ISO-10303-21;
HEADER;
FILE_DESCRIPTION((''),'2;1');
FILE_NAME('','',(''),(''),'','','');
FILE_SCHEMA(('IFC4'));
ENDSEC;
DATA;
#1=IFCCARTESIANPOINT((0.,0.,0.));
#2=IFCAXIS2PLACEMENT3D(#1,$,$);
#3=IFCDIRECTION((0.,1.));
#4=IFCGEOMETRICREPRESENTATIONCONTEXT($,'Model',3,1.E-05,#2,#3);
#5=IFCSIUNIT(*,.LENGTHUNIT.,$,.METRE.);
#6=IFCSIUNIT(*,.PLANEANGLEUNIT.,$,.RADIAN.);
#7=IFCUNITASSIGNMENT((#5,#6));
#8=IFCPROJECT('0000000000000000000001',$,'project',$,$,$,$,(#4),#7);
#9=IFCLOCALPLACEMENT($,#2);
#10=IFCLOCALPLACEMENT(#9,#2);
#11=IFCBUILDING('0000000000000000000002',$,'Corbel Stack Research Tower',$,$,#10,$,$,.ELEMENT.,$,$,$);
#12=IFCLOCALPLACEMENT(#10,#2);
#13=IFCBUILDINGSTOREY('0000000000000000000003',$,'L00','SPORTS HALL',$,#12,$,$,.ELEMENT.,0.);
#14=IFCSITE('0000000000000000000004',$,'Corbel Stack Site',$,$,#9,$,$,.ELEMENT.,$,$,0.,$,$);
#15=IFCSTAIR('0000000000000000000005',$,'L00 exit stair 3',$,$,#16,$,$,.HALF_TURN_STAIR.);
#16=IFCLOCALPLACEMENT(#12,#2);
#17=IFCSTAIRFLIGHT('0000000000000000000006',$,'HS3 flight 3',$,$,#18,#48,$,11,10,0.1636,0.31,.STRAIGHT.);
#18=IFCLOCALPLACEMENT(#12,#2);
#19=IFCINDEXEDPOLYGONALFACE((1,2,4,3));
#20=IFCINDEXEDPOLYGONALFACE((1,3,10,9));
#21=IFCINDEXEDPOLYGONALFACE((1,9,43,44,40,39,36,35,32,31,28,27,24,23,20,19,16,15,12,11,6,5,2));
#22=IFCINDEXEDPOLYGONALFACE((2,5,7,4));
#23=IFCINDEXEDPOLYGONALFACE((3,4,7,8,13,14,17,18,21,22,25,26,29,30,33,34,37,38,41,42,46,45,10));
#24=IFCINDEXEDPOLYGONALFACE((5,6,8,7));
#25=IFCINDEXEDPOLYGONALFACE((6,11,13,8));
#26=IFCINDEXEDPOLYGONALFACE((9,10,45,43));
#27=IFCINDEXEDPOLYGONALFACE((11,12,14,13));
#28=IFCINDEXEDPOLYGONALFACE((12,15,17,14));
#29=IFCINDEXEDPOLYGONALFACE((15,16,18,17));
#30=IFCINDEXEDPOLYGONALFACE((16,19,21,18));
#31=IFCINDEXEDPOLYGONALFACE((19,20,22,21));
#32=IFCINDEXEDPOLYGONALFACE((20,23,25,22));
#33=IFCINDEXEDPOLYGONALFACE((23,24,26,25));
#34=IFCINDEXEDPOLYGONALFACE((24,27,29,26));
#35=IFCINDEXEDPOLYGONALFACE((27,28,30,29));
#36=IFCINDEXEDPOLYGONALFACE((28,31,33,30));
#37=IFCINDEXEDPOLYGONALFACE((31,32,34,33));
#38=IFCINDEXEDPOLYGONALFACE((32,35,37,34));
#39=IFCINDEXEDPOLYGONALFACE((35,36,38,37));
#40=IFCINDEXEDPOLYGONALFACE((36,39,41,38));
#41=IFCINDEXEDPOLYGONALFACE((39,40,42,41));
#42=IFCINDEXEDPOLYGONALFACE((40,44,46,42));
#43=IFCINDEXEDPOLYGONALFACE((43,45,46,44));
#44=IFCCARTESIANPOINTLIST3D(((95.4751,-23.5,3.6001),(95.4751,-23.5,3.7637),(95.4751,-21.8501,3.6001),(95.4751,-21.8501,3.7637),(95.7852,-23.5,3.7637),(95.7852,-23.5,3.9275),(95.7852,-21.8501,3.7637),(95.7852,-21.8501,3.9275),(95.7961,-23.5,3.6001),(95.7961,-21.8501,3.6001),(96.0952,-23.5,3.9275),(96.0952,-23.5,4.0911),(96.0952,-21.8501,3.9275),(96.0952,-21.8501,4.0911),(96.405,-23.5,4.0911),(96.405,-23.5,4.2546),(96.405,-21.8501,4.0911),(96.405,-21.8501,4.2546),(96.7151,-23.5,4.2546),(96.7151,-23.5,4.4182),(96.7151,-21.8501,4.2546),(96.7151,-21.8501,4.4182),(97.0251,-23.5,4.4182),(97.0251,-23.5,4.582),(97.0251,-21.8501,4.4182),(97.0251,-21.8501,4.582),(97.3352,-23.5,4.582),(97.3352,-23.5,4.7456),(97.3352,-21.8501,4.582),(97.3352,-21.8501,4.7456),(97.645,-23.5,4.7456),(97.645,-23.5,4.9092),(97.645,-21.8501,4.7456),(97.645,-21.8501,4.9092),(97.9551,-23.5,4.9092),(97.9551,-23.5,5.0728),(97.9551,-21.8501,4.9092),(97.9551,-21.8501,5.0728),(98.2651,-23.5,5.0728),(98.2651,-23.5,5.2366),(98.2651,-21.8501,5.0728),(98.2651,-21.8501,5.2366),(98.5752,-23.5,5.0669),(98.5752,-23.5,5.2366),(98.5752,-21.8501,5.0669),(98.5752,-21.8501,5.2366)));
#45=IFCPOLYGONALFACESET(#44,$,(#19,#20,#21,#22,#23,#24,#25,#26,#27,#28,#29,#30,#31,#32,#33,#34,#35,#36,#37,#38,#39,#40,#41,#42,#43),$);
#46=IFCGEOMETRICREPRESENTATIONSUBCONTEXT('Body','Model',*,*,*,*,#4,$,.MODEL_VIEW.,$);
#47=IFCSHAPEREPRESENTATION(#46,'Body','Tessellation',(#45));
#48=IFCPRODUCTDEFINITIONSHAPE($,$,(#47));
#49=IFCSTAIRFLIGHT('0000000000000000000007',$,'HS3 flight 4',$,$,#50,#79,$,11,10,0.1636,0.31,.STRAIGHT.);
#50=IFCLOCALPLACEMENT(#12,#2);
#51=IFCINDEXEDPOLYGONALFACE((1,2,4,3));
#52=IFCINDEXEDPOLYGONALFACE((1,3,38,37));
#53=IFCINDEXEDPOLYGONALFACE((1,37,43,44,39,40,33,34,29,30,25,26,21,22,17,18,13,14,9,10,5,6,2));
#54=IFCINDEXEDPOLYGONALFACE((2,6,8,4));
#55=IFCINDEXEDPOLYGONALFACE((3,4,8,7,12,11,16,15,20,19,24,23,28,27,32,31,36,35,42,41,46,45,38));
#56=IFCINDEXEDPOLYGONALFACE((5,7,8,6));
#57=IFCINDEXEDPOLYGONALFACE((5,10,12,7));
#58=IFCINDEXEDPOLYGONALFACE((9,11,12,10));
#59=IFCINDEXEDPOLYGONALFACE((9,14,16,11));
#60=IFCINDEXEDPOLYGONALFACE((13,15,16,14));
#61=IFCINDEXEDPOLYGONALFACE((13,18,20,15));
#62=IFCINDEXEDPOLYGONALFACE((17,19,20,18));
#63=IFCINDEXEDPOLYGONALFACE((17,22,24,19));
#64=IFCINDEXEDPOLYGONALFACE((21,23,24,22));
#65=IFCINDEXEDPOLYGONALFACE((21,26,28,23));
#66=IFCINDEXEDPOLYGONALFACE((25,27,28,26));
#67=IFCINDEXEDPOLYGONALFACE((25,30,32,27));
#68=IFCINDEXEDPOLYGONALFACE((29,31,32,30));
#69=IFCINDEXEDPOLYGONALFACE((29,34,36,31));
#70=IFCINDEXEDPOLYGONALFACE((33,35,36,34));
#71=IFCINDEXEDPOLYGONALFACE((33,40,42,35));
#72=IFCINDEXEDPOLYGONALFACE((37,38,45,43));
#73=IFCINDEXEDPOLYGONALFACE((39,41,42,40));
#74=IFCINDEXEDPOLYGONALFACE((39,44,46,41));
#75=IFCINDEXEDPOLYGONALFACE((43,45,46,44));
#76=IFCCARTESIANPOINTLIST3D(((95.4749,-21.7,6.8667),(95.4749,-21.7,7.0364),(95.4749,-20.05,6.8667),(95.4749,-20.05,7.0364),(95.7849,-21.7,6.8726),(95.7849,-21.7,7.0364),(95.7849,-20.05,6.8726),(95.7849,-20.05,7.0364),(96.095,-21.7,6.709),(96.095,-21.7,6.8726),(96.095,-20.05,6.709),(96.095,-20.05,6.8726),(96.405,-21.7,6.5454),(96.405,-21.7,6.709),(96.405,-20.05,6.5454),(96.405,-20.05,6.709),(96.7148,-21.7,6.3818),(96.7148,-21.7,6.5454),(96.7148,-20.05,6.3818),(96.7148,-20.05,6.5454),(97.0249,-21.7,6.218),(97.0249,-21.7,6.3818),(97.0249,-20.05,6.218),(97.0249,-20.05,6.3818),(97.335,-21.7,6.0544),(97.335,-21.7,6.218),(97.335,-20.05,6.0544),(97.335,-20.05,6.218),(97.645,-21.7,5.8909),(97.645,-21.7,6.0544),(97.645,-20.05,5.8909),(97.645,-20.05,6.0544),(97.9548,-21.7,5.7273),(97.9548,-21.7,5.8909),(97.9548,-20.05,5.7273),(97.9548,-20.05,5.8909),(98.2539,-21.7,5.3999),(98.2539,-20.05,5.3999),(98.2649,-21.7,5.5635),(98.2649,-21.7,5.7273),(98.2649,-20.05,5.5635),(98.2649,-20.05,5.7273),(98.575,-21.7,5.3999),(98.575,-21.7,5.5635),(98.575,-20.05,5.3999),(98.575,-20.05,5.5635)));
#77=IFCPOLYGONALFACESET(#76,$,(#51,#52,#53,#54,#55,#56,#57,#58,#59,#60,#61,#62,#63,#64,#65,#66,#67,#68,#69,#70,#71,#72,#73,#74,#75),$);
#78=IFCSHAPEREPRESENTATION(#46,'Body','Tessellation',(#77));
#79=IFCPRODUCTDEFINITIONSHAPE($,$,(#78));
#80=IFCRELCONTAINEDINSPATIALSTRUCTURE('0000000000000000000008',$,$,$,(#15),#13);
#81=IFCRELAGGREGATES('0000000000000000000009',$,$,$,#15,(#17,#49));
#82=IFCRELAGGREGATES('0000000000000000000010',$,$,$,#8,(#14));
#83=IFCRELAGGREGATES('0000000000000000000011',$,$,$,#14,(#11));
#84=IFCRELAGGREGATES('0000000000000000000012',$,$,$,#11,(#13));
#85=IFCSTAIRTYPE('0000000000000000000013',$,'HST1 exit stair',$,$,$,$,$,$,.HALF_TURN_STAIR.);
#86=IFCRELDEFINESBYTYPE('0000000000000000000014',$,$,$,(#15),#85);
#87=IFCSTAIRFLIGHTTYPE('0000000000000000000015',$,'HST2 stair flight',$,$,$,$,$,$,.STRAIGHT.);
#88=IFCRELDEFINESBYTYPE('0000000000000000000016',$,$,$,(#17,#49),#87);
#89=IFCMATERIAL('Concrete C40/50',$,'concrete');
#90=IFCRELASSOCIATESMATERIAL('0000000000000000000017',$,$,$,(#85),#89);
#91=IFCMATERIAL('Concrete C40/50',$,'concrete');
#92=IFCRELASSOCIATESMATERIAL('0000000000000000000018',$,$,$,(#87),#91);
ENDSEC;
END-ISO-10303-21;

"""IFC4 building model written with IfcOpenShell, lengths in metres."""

from ifc_helpers import new_model, si_unit, direction, frame, origin, place, context, subcontext, project, spatial, polyline, outline, extrude, material, type_object, element, aggregate, save


model = new_model("IFC4")

# Units and contexts
model_context = context("Model", 3, precision=1e-05, world=origin(), true_north=direction((0.0, 1.0)))
body_context = subcontext(model_context, "Body", "Model", "MODEL_VIEW")
ifc_project = project(units=[si_unit("LENGTHUNIT", "METRE"), si_unit("PLANEANGLEUNIT", "RADIAN")], contexts=[model_context])

# Site, building, storey
site_placement = place(None, origin())
site = spatial("IfcSite", under=ifc_project, at=site_placement, Name="Corbel Stack Site", CompositionType="ELEMENT", RefElevation=0.0)
building_placement = place(site_placement, origin())
building = spatial("IfcBuilding", under=site, at=building_placement, Name="Corbel Stack Research Tower", CompositionType="ELEMENT")
storey_placement = place(building_placement, origin())
storey = spatial("IfcBuildingStorey", under=building, at=storey_placement, Name="L00", Description="SPORTS HALL", CompositionType="ELEMENT", Elevation=0.0)

# Stair, stair flights
ifc_material_1 = material(Name="Concrete C40/50", Category="concrete")
stair_type = type_object("IfcStairType", Name="HST1 exit stair", PredefinedType="HALF_TURN_STAIR", material=ifc_material_1)
stair_placement = place(storey_placement, origin())
stair = element("IfcStair", 1, at=stair_placement, inside=storey, type_object=stair_type, Name="L00 exit stair 3", PredefinedType="HALF_TURN_STAIR")
ifc_material_2 = material(Name="Concrete C40/50", Category="concrete")
stair_flight_type = type_object("IfcStairFlightType", Name="HST2 stair flight", PredefinedType="STRAIGHT", material=ifc_material_2)
stair_flight_1_placement = place(storey_placement, frame((95.4751, -22.675, 3.6001), z_axis=(0.0, 0.0, 1.0), x_axis=(1.0, 0.0, 0.0)))
stair_flight_1 = element("IfcStairFlight", 2, at=stair_flight_1_placement, type_object=stair_flight_type, Name="HS3 flight 3", NumberOfRisers=11, NumberOfTreads=10, PredefinedType="STRAIGHT", RiserHeight=0.1636, TreadLength=0.31, context=body_context, shape_type="SweptSolid", body=[
    extrude(outline(polyline([(0.0, 0.0), (0.0, 0.1636), (0.3101, 0.1636), (0.3101, 0.3274), (0.6201, 0.3274), (0.6201, 0.491), (0.9299, 0.491), (0.9299, 0.6545), (1.24, 0.6545), (1.24, 0.8181), (1.55, 0.8181), (1.55, 0.9819), (1.8601, 0.9819), (1.8601, 1.1455), (2.1699, 1.1455), (2.1699, 1.3091), (2.48, 1.3091), (2.48, 1.4727), (2.79, 1.4727), (2.79, 1.6365), (3.1001, 1.6365), (3.1001, 1.8), (3.1001, 1.4668), (0.321, 0.0), (0.0, 0.0)])), frame((0.0, 0.825, 0.0), z_axis=(0.0, -1.0, 0.0), x_axis=(1.0, 0.0, 0.0)), (0.0, 0.0, 1.0), 1.6499),
])
stair_flight_2_placement = place(storey_placement, frame((98.575, -20.875, 5.3999), z_axis=(0.0, 0.0, 1.0), x_axis=(-1.0, 0.0, 0.0)))
stair_flight_2 = element("IfcStairFlight", 3, at=stair_flight_2_placement, type_object=stair_flight_type, Name="HS3 flight 4", NumberOfRisers=11, NumberOfTreads=10, PredefinedType="STRAIGHT", RiserHeight=0.1636, TreadLength=0.31, context=body_context, shape_type="SweptSolid", body=[
    extrude(outline(polyline([(0.0, 0.0), (0.0, 0.1636), (0.3101, 0.1636), (0.3101, 0.3274), (0.6201, 0.3274), (0.6201, 0.491), (0.9299, 0.491), (0.9299, 0.6545), (1.24, 0.6545), (1.24, 0.8181), (1.55, 0.8181), (1.55, 0.9819), (1.8601, 0.9819), (1.8601, 1.1455), (2.1699, 1.1455), (2.1699, 1.3091), (2.48, 1.3091), (2.48, 1.4727), (2.79, 1.4727), (2.79, 1.6365), (3.1001, 1.6365), (3.1001, 1.8), (3.1001, 1.4668), (0.321, 0.0), (0.0, 0.0)])), frame((0.0, 0.825, 0.0), z_axis=(0.0, -1.0, 0.0), x_axis=(1.0, 0.0, 0.0)), (0.0, 0.0, 1.0), 1.6499),
])
aggregate(stair, [stair_flight_1, stair_flight_2])

save(model, "model.ifc")
